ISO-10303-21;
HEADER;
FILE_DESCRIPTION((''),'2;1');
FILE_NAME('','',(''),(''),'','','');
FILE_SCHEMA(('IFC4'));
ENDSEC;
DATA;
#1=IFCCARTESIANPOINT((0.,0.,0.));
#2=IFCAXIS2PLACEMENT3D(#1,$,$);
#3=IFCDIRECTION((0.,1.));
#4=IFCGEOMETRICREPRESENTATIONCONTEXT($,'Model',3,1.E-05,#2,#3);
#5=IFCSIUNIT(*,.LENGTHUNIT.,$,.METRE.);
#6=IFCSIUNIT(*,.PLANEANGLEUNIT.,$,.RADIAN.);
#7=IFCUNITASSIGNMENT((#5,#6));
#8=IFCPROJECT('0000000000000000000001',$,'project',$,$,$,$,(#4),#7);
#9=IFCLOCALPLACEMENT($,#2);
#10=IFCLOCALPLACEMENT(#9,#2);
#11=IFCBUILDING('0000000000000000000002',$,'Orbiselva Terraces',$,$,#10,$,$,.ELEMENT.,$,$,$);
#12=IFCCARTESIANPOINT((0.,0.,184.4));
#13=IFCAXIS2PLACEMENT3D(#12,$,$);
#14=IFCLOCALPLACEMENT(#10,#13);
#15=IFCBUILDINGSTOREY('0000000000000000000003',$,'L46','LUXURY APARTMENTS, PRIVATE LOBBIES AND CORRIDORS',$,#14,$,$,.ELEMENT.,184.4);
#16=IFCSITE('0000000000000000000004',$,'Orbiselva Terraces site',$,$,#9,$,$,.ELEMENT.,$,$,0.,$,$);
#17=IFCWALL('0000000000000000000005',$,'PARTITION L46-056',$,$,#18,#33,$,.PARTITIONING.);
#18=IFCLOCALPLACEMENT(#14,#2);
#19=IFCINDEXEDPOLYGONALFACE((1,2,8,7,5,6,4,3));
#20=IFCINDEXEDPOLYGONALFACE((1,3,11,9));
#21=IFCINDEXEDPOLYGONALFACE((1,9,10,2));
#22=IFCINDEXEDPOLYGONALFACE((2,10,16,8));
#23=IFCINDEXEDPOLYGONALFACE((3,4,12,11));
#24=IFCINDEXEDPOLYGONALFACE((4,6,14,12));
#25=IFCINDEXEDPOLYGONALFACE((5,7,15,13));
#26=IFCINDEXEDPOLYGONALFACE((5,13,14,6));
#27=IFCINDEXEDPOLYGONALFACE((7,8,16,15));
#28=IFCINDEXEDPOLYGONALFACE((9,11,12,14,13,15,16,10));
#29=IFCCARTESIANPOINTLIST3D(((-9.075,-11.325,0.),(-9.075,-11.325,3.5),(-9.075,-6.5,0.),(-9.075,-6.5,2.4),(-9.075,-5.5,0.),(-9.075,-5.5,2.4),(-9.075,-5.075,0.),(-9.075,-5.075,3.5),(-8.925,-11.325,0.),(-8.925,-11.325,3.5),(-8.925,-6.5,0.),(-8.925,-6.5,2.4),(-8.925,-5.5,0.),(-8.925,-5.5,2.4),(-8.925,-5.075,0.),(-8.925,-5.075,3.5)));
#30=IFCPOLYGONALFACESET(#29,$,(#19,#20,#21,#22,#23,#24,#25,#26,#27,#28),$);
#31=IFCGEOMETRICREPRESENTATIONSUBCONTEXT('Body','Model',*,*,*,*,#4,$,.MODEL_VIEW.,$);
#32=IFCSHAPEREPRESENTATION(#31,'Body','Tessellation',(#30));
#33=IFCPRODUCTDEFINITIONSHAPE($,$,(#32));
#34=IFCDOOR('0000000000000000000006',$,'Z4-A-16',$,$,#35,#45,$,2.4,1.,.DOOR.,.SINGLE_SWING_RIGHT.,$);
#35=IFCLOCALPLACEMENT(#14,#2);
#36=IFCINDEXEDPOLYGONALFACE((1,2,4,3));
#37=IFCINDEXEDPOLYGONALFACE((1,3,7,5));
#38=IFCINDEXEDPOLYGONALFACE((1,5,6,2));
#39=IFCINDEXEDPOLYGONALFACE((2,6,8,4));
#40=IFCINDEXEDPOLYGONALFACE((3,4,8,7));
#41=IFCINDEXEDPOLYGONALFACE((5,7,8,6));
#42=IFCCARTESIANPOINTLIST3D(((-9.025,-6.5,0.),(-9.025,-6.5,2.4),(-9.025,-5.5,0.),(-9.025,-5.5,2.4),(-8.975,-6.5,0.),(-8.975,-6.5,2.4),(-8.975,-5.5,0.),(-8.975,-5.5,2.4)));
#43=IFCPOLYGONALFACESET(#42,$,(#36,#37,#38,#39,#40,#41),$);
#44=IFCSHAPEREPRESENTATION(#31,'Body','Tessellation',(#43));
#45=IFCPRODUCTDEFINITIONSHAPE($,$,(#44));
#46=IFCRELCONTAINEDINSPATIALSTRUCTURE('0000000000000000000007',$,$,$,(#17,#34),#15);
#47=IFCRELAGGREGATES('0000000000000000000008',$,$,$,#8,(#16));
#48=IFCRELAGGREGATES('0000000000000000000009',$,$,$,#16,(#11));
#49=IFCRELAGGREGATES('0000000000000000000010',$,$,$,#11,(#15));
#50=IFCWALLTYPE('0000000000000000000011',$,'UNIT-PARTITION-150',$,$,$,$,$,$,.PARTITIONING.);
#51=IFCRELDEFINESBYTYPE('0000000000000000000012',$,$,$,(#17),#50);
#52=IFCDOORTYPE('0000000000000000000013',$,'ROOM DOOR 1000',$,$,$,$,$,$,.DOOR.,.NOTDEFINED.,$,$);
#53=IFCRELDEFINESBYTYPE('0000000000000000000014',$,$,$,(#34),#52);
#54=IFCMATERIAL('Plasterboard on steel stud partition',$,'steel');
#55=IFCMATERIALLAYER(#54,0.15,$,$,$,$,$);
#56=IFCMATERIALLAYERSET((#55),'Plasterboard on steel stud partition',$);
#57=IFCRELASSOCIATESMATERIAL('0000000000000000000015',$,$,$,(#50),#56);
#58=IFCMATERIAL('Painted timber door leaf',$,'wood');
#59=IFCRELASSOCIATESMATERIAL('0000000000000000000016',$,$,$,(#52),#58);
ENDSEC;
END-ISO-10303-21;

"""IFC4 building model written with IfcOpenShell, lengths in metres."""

from ifc_helpers import new_model, si_unit, direction, frame, frame_2d, origin, place, context, subcontext, project, spatial, rectangle, extrude, material, layer, layer_set, type_object, element, fill, save


model = new_model("IFC4")

# Units and contexts
model_context = context("Model", 3, precision=1e-05, world=origin(), true_north=direction((0.0, 1.0)))
body_context = subcontext(model_context, "Body", "Model", "MODEL_VIEW")
ifc_project = project(units=[si_unit("LENGTHUNIT", "METRE"), si_unit("PLANEANGLEUNIT", "RADIAN")], contexts=[model_context])

# Site, building, storey
site_placement = place(None, origin())
site = spatial("IfcSite", under=ifc_project, at=site_placement, Name="Orbiselva Terraces site", CompositionType="ELEMENT", RefElevation=0.0)
building_placement = place(site_placement, origin())
building = spatial("IfcBuilding", under=site, at=building_placement, Name="Orbiselva Terraces", CompositionType="ELEMENT")
storey_placement = place(building_placement, frame((0.0, 0.0, 184.4)))
storey = spatial("IfcBuildingStorey", under=building, at=storey_placement, Name="L46", Description="LUXURY APARTMENTS, PRIVATE LOBBIES AND CORRIDORS", CompositionType="ELEMENT", Elevation=184.4)

# Shared definitions
ifc_material_1 = material(Name="Plasterboard on steel stud partition", Category="steel")
ifc_material_2 = material(Name="Painted timber door leaf", Category="wood")
ifc_layer_1 = layer(ifc_material_1, 0.15)
ifc_layer_set_1 = layer_set([ifc_layer_1], Name="Plasterboard on steel stud partition")
wall_type_1 = type_object("IfcWallType", Name="UNIT-PARTITION-150", PredefinedType="PARTITIONING", material=ifc_layer_set_1)

# Wall, opening, door
wall_1_placement = place(storey_placement, frame((-9.0, -11.325, 0.0), z_axis=(0.0, 0.0, 1.0), x_axis=(0.0, 1.0, 0.0)))
wall_1 = element("IfcWall", 1, at=wall_1_placement, inside=storey, type_object=wall_type_1, Name="PARTITION L46-056", PredefinedType="PARTITIONING", context=body_context, shape_type="SweptSolid", body=[
    extrude(rectangle(XDim=6.25, YDim=0.15, at=frame_2d((3.125, 0.0))), origin(), (0.0, 0.0, 1.0), 3.5),
])
opening_1_placement = place(wall_1_placement, frame((4.825, 0.0, 0.0)))
opening_1 = element("IfcOpeningElement", 2, at=opening_1_placement, cuts=wall_1, PredefinedType="OPENING", context=body_context, shape_type="SweptSolid", body=[
    extrude(rectangle(XDim=1.0, YDim=2.4, at=frame_2d((0.5, 1.2))), frame((0.0, 0.085, 0.0), z_axis=(0.0, -1.0, 0.0), x_axis=(1.0, 0.0, 0.0)), (0.0, 0.0, 1.0), 0.17),
])
door_type_1 = type_object("IfcDoorType", Name="ROOM DOOR 1000", OperationType="NOTDEFINED", PredefinedType="DOOR", material=ifc_material_2)
door_1_placement = place(opening_1_placement, origin())
door_1 = element("IfcDoor", 3, at=door_1_placement, inside=storey, type_object=door_type_1, Name="Z4-A-16", OperationType="SINGLE_SWING_RIGHT", OverallHeight=2.4, OverallWidth=1.0, PredefinedType="DOOR", context=body_context, shape_type="SweptSolid", body=[
    extrude(rectangle(XDim=1.0, YDim=2.4, at=frame_2d((0.5, 1.2))), frame((0.0, 0.025, 0.0), z_axis=(0.0, -1.0, 0.0), x_axis=(1.0, 0.0, 0.0)), (0.0, 0.0, 1.0), 0.05),
])
fill(opening_1, door_1)

save(model, "model.ifc")
